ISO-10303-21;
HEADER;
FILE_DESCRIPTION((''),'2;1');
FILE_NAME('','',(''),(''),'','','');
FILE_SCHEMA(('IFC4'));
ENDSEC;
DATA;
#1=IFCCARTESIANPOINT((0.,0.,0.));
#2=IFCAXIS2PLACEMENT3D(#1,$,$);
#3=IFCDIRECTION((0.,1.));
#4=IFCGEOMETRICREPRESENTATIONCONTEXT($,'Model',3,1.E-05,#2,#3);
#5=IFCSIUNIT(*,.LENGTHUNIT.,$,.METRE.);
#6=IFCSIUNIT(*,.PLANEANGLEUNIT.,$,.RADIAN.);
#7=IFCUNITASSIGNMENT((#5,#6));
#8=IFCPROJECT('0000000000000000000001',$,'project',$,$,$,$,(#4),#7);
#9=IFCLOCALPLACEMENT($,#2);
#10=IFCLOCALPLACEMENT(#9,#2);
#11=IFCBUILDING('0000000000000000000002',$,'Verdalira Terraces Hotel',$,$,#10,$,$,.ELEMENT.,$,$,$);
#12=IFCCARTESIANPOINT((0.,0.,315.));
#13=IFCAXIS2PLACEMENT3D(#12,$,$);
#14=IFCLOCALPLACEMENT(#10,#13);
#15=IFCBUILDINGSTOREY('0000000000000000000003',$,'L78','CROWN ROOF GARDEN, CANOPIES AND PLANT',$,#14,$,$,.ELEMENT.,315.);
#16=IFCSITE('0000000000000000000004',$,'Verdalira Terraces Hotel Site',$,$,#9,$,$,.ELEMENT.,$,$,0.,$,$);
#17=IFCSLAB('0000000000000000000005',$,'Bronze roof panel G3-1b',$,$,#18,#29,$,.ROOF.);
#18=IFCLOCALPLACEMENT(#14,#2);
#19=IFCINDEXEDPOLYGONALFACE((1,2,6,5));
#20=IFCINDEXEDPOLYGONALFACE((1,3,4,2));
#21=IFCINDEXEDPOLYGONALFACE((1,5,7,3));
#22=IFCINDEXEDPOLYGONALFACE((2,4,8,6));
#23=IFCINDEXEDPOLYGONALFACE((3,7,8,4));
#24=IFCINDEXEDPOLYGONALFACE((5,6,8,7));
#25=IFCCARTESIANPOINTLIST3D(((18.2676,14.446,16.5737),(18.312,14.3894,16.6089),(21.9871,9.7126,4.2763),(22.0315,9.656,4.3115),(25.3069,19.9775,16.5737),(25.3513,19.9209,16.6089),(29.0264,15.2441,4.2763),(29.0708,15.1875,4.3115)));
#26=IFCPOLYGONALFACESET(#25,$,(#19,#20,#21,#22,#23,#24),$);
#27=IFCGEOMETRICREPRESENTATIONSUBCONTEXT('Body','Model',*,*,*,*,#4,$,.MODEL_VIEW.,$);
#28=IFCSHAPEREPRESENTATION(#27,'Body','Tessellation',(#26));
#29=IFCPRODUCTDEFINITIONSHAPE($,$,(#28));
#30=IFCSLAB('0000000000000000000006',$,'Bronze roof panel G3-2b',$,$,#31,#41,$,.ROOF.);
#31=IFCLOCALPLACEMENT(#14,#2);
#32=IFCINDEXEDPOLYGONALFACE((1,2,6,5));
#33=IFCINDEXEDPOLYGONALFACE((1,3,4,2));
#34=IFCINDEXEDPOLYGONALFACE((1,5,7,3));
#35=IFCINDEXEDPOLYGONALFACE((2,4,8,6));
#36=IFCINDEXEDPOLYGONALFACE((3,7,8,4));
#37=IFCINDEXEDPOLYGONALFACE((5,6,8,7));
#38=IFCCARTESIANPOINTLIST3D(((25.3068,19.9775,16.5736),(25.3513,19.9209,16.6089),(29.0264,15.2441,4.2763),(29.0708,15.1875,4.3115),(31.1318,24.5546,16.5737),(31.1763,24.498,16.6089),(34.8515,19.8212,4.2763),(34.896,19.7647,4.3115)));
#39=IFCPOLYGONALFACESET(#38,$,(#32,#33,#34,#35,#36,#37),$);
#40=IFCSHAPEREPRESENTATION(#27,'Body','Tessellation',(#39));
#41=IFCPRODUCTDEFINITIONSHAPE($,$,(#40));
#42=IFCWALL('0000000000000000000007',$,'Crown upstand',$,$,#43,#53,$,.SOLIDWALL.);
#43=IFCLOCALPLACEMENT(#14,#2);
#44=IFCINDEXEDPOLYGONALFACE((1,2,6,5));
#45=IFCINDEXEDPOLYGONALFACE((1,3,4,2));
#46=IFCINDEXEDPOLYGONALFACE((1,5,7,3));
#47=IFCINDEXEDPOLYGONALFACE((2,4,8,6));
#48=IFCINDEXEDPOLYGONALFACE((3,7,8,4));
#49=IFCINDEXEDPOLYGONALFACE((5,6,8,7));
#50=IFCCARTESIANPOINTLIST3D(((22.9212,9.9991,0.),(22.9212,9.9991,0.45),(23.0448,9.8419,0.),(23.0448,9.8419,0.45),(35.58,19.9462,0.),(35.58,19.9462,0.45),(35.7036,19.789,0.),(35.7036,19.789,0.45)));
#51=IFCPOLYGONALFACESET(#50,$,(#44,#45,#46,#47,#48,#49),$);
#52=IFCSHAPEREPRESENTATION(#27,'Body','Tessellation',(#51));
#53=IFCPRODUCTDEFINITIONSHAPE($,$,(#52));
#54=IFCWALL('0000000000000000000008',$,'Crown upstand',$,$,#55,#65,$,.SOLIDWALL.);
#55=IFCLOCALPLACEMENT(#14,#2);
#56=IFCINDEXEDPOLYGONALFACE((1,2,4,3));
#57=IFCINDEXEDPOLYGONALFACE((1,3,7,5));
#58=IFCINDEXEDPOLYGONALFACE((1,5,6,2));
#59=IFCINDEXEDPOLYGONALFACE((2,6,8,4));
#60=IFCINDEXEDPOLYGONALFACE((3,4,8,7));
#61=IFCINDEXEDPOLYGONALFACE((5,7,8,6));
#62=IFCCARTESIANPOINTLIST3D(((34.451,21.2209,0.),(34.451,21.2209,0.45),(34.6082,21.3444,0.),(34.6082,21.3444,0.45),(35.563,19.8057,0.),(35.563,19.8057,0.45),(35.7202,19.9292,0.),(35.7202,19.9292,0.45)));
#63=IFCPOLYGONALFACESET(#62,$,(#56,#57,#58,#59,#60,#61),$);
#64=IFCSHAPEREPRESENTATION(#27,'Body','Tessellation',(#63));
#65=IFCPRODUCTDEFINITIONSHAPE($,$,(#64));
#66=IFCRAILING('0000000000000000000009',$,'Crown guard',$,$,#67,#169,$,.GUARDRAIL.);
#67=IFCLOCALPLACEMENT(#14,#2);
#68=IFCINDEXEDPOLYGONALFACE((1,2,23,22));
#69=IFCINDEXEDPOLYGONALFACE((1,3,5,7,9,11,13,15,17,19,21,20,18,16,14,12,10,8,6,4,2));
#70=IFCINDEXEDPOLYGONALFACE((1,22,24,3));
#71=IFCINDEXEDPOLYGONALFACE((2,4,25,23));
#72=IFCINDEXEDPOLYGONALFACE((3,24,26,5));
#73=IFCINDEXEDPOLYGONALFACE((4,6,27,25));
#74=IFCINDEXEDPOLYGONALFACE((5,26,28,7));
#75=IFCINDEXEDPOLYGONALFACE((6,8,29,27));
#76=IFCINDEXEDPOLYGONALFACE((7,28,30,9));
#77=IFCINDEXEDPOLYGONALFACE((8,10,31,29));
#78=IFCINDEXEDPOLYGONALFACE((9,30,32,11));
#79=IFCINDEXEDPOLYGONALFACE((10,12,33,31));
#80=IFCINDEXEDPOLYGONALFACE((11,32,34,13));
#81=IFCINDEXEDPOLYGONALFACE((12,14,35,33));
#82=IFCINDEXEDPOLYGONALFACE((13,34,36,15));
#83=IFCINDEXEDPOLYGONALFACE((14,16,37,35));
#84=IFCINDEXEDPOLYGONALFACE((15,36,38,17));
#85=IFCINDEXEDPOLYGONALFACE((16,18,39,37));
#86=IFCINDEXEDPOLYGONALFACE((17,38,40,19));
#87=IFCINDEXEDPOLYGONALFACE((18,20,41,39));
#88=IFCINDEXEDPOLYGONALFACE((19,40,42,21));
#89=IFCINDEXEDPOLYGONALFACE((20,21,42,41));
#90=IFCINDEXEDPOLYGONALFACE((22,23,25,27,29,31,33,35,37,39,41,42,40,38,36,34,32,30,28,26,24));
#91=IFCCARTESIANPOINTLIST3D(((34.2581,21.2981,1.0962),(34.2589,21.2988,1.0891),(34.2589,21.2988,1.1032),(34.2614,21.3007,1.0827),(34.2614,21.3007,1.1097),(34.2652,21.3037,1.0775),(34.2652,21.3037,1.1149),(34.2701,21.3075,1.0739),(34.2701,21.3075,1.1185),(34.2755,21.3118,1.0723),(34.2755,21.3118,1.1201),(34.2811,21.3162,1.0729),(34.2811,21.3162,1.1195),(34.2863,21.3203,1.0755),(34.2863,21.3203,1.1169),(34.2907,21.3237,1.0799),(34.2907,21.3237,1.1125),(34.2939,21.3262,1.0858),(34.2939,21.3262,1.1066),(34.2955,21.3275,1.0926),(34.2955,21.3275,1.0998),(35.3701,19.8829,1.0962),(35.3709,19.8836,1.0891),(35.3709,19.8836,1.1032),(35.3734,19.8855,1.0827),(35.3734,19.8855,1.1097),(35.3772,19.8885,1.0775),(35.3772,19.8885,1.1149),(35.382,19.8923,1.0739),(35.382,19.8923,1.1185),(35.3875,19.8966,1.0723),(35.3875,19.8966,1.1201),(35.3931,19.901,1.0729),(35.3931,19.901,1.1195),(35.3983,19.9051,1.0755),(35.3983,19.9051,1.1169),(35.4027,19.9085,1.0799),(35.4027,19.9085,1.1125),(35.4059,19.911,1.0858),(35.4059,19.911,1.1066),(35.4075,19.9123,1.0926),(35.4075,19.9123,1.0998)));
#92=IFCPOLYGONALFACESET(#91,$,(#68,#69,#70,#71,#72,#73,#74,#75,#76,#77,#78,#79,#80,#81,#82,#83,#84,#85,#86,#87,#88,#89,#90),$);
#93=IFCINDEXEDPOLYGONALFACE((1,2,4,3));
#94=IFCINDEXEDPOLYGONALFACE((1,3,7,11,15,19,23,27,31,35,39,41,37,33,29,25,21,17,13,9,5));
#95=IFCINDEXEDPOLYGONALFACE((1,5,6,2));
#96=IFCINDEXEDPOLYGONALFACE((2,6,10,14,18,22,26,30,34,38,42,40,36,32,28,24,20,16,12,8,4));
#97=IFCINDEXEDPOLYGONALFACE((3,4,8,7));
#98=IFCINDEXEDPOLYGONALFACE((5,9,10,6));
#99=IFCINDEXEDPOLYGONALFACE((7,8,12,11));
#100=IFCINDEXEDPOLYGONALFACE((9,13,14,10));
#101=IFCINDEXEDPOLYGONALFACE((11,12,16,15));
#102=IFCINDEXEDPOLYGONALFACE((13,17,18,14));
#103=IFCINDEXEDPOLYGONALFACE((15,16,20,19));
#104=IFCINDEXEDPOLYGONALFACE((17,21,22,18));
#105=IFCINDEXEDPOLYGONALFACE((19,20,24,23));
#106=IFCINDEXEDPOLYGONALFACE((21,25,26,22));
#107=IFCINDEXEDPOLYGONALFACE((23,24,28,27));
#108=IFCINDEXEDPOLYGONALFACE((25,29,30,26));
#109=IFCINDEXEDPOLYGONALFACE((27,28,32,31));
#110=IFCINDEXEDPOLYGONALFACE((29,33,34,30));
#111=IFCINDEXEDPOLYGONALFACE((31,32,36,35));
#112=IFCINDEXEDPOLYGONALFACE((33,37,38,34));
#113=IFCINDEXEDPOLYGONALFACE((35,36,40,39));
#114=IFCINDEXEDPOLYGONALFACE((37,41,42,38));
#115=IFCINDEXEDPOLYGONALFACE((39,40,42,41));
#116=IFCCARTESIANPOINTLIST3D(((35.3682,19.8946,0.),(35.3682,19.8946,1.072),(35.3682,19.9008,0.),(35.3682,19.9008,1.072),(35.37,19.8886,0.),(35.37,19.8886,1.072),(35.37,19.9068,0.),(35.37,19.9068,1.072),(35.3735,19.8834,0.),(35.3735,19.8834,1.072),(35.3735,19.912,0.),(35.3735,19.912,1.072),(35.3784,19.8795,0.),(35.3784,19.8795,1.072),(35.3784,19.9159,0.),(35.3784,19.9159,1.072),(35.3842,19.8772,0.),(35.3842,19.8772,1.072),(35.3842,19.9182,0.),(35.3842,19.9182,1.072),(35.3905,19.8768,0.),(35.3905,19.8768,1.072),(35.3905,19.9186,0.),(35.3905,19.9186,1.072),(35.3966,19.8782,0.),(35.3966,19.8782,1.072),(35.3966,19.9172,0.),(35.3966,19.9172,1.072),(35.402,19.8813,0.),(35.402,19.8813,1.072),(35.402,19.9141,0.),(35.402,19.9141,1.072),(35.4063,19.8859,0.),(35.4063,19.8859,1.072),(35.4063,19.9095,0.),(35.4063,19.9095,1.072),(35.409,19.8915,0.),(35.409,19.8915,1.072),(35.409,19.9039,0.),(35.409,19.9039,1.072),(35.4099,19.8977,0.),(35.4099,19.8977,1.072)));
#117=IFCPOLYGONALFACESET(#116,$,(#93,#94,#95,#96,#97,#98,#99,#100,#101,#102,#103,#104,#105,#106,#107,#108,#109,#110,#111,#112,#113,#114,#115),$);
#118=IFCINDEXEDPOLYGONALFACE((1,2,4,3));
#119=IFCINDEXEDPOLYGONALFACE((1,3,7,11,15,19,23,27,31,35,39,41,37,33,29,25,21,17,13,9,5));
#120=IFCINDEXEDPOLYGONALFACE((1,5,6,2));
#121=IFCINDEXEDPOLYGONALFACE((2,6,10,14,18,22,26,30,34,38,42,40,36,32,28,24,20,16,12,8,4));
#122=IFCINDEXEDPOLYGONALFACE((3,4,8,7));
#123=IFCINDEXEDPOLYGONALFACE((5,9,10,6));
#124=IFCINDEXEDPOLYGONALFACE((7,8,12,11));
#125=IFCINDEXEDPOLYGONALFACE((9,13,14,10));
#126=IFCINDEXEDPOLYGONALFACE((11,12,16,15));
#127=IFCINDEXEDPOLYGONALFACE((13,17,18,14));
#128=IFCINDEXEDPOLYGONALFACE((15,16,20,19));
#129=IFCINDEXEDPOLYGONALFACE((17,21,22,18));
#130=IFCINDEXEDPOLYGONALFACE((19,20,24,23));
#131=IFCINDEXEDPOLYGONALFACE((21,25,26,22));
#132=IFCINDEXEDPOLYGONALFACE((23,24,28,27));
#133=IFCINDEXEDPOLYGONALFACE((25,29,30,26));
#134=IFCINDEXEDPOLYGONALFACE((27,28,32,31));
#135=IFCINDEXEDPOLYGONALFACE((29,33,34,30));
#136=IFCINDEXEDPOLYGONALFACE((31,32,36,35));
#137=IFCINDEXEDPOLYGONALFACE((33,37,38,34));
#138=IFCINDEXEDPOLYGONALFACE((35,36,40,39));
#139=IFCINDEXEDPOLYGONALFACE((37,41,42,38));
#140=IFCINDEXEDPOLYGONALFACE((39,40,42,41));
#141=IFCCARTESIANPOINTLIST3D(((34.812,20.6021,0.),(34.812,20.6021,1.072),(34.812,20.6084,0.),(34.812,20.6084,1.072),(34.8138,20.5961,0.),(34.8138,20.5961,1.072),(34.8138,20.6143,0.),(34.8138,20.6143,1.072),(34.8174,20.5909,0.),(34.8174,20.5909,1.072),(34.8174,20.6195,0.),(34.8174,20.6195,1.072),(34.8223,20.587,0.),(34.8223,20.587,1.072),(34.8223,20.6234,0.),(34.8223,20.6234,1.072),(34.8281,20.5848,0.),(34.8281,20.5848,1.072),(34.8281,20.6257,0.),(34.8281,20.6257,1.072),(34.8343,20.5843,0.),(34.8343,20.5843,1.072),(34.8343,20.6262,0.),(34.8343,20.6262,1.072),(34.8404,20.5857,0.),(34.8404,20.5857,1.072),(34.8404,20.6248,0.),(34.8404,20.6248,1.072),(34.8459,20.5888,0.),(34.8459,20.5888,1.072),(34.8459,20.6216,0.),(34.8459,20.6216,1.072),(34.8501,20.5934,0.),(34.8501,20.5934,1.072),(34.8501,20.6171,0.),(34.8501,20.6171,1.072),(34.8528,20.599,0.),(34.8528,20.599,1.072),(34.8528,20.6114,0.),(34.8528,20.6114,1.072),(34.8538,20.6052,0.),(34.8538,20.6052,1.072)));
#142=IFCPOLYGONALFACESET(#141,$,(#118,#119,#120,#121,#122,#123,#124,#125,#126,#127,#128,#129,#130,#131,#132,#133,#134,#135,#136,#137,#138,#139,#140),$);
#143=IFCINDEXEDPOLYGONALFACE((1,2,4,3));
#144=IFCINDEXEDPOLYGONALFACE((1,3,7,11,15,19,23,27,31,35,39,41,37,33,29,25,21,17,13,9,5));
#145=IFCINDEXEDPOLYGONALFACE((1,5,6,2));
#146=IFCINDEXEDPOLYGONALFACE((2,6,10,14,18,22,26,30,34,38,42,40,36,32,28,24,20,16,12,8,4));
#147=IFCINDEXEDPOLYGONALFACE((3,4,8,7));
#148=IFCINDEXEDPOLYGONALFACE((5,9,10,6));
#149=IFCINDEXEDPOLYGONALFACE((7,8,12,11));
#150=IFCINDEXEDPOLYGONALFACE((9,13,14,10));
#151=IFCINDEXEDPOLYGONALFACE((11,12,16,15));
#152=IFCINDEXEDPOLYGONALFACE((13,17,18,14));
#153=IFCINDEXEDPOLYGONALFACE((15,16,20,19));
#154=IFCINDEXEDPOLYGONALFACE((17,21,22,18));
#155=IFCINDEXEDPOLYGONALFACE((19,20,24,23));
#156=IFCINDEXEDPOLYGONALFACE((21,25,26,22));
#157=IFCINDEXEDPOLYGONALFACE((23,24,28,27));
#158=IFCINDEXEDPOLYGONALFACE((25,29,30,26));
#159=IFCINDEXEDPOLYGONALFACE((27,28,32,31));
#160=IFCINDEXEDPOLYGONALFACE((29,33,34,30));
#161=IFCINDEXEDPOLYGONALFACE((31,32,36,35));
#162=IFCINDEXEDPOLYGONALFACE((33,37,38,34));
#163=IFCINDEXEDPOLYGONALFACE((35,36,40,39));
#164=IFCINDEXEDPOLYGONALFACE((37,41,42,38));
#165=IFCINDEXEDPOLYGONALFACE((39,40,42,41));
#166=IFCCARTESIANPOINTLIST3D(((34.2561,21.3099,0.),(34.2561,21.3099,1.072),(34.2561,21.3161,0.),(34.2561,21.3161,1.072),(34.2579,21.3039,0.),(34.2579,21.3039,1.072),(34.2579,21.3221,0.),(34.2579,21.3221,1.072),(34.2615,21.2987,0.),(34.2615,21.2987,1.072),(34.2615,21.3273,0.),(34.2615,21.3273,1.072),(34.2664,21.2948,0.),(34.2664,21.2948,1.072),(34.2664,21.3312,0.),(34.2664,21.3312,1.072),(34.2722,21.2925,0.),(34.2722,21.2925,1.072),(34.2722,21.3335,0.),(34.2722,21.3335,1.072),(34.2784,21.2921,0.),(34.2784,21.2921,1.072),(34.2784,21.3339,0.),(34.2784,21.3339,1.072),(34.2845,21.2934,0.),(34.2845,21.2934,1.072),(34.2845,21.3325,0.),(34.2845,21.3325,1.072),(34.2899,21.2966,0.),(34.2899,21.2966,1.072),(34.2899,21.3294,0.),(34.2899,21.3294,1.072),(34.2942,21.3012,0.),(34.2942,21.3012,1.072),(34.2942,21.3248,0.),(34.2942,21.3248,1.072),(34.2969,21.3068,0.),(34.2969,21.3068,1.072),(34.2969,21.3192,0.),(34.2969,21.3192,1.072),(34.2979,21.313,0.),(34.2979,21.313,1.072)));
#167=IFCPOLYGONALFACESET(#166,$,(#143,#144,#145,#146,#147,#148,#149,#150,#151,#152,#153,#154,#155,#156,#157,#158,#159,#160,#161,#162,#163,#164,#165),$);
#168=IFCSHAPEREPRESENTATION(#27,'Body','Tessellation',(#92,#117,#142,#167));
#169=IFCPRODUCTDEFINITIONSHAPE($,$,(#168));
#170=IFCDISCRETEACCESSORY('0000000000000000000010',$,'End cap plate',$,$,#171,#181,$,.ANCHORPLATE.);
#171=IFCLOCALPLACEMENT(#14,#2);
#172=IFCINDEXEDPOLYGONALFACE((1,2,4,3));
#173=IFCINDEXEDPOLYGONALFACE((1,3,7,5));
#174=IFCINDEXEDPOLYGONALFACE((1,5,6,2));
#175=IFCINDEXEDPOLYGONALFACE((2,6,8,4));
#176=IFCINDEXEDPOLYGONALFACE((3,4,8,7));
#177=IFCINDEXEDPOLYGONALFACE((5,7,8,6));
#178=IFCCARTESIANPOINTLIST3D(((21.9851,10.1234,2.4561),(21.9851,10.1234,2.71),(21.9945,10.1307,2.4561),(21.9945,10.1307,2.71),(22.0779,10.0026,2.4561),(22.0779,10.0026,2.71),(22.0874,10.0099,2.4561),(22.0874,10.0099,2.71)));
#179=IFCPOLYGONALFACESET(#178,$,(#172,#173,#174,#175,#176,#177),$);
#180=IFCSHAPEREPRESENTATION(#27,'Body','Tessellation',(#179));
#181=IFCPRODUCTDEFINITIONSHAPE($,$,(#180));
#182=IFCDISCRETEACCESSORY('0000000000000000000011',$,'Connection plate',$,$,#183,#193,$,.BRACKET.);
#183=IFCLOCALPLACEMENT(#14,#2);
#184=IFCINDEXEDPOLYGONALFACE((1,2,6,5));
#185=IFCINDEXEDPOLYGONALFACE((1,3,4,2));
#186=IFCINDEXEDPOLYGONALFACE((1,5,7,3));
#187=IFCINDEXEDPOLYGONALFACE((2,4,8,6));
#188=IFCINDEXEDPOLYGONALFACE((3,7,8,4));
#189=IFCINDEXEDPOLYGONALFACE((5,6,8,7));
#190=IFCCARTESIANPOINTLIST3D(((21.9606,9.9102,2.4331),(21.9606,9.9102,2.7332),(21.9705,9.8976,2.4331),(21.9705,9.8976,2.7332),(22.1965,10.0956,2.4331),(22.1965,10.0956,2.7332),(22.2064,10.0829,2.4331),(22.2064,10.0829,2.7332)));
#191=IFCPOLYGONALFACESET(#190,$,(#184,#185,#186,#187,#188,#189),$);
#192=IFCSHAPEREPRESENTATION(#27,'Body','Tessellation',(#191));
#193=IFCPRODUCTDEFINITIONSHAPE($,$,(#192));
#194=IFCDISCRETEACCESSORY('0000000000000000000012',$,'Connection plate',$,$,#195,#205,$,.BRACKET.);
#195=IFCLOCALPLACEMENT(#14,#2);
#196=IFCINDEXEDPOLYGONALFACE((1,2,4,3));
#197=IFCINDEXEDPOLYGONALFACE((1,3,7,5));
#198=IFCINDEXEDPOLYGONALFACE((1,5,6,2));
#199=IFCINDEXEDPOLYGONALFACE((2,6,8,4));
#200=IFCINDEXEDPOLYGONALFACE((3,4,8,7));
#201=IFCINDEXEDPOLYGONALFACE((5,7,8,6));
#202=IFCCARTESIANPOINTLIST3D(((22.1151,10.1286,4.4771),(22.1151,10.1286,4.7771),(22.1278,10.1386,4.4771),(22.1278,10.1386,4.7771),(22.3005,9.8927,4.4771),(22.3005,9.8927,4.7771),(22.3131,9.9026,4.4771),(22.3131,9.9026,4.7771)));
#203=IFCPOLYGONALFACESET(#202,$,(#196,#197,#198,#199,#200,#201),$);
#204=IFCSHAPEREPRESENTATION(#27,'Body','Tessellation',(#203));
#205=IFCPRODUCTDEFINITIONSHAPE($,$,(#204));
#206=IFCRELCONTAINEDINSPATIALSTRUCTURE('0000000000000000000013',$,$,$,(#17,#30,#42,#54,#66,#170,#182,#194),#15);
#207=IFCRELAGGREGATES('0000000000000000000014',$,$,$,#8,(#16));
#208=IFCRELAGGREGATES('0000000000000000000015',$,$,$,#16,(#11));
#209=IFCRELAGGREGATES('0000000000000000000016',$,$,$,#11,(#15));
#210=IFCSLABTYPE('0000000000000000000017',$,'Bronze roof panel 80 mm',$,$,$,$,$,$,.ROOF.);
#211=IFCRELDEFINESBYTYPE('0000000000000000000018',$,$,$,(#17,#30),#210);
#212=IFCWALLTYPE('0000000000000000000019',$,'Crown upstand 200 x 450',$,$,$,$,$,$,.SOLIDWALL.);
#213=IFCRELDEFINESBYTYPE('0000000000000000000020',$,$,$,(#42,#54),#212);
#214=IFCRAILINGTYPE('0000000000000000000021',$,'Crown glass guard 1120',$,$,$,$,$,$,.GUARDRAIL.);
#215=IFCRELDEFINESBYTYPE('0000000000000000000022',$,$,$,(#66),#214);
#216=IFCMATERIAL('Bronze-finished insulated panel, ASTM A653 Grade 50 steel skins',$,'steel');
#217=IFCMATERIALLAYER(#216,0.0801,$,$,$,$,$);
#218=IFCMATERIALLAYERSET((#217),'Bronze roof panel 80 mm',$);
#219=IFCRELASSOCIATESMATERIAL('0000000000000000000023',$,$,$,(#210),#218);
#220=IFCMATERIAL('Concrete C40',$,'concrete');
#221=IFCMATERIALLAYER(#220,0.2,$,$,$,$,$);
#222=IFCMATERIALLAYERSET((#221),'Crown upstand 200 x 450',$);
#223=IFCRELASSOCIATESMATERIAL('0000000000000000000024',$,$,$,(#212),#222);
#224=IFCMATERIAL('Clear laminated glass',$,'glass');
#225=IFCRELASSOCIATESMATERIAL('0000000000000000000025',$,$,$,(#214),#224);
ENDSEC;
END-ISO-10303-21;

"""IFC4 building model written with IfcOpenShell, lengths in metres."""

from ifc_helpers import new_model, si_unit, direction, frame, frame_2d, origin, origin_2d, place, context, subcontext, project, spatial, polyline, rectangle, circle, outline, extrude, material, layer, layer_set, type_object, element, save


model = new_model("IFC4")

# Units and contexts
model_context = context("Model", 3, precision=1e-05, world=origin(), true_north=direction((0.0, 1.0)))
body_context = subcontext(model_context, "Body", "Model", "MODEL_VIEW")
ifc_project = project(units=[si_unit("LENGTHUNIT", "METRE"), si_unit("PLANEANGLEUNIT", "RADIAN")], contexts=[model_context])

# Site, building, storey
site_placement = place(None, origin())
site = spatial("IfcSite", under=ifc_project, at=site_placement, Name="Verdalira Terraces Hotel Site", CompositionType="ELEMENT", RefElevation=0.0)
building_placement = place(site_placement, origin())
building = spatial("IfcBuilding", under=site, at=building_placement, Name="Verdalira Terraces Hotel", CompositionType="ELEMENT")
storey_placement = place(building_placement, frame((0.0, 0.0, 315.0)))
storey = spatial("IfcBuildingStorey", under=building, at=storey_placement, Name="L78", Description="CROWN ROOF GARDEN, CANOPIES AND PLANT", CompositionType="ELEMENT", Elevation=315.0)

# Slabs
ifc_material_1 = material(Name="Bronze-finished insulated panel, ASTM A653 Grade 50 steel skins", Category="steel")
ifc_layer_1 = layer(ifc_material_1, 0.0801)
ifc_layer_set_1 = layer_set([ifc_layer_1], Name="Bronze roof panel 80 mm")
slab_type = type_object("IfcSlabType", Name="Bronze roof panel 80 mm", PredefinedType="ROOF", material=ifc_layer_set_1)
slab_1_placement = place(storey_placement, frame((22.0315, 9.656, 4.3115), z_axis=(0.554939, -0.706207, 0.439675), x_axis=(0.786285, 0.617864, 0.0)))
element("IfcSlab", 1, at=slab_1_placement, inside=storey, type_object=slab_type, Name="Bronze roof panel G3-1b", PredefinedType="ROOF", context=body_context, shape_type="SweptSolid", body=[
    extrude(outline(polyline([(0.0, 0.0), (8.9526, 0.0), (8.9526, 13.6918), (0.0, 13.6918), (0.0, 0.0)])), origin(), (0.0, 0.0, -1.0), 0.0801),
])
slab_2_placement = place(storey_placement, frame((29.0708, 15.1875, 4.3115), z_axis=(0.554922, -0.706218, 0.43968), x_axis=(0.7863, 0.617845, -0.000004)))
element("IfcSlab", 2, at=slab_2_placement, inside=storey, type_object=slab_type, Name="Bronze roof panel G3-2b", PredefinedType="ROOF", context=body_context, shape_type="SweptSolid", body=[
    extrude(outline(polyline([(0.0, 0.0), (7.4083, 0.0), (7.408, 13.6918), (-0.0002, 13.6918), (0.0, 0.0)])), origin(), (0.0, 0.0, -1.0), 0.0801),
])

# Walls
ifc_material_2 = material(Name="Concrete C40", Category="concrete")
ifc_layer_2 = layer(ifc_material_2, 0.2)
ifc_layer_set_2 = layer_set([ifc_layer_2], Name="Crown upstand 200 x 450")
wall_type = type_object("IfcWallType", Name="Crown upstand 200 x 450", PredefinedType="SOLIDWALL", material=ifc_layer_set_2)
wall_1_placement = place(storey_placement, frame((22.9829, 9.9204, 0.0), z_axis=(0.0, 0.0, 1.0), x_axis=(0.786291, 0.617856, 0.0)))
element("IfcWall", 3, at=wall_1_placement, inside=storey, type_object=wall_type, Name="Crown upstand", PredefinedType="SOLIDWALL", context=body_context, shape_type="SweptSolid", body=[
    extrude(rectangle(XDim=16.0994, YDim=0.2, at=frame_2d((8.0498, 0.0))), origin(), (0.0, 0.0, 1.0), 0.45),
])
wall_2_placement = place(storey_placement, frame((35.6416, 19.8674, 0.0), z_axis=(0.0, 0.0, 1.0), x_axis=(-0.61784, 0.786304, 0.0)))
element("IfcWall", 4, at=wall_2_placement, inside=storey, type_object=wall_type, Name="Crown upstand", PredefinedType="SOLIDWALL", context=body_context, shape_type="SweptSolid", body=[
    extrude(rectangle(XDim=1.7998, YDim=0.2, at=frame_2d((0.8999, 0.0))), origin(), (0.0, 0.0, 1.0), 0.45),
])

# Railing
ifc_material_3 = material(Name="Clear laminated glass", Category="glass")
railing_type = type_object("IfcRailingType", Name="Crown glass guard 1120", PredefinedType="GUARDRAIL", material=ifc_material_3)
railing_1_placement = place(storey_placement, frame((35.3889, 19.8977, 0.0)))
element("IfcRailing", 5, at=railing_1_placement, inside=storey, type_object=railing_type, Name="Crown guard", PredefinedType="GUARDRAIL", context=body_context, shape_type="SweptSolid", body=[
    extrude(circle(Radius=0.0239, at=origin_2d()), frame((0.0, 0.0, 1.0962), z_axis=(-0.61784, 0.786304, 0.0), x_axis=(-0.786304, -0.61784, 0.0)), (0.0, 0.0, 1.0), 1.7998),
    extrude(circle(Radius=0.021, at=origin_2d()), origin(), (0.0, 0.0, 1.0), 1.072),
    extrude(circle(Radius=0.021, at=origin_2d()), frame((-0.5562, 0.7075, 0.0)), (0.0, 0.0, 1.0), 1.072),
    extrude(circle(Radius=0.021, at=origin_2d()), frame((-1.1121, 1.4153, 0.0)), (0.0, 0.0, 1.0), 1.072),
])

# Discrete accessories
discrete_accessory_placement = place(storey_placement, frame((22.0315, 10.063, 2.583), z_axis=(0.792624, 0.609711, 0.0), x_axis=(-0.609711, 0.792624, 0.0)))
element("IfcDiscreteAccessory", 6, at=discrete_accessory_placement, inside=storey, Name="End cap plate", PredefinedType="ANCHORPLATE", context=body_context, shape_type="SweptSolid", body=[
    extrude(rectangle(XDim=0.1523, YDim=0.2539, at=origin_2d()), origin(), (0.0, 0.0, 1.0), 0.012),
])
for number, where, z_axis, x_axis, name in (
    (7, (22.0835, 9.9966, 2.4331), (0.0, 0.0, 1.0), (-0.786288, -0.61786, 0.0), "Connection plate"),
    (8, (22.2141, 10.0156, 4.4771), (0.0, 0.0, 1.0), (-0.61786, 0.786288, 0.0), "Connection plate"),
):
    element("IfcDiscreteAccessory", number, at=place(storey_placement, frame(where, z_axis=z_axis, x_axis=x_axis)), inside=storey, Name=name, PredefinedType="BRACKET", context=body_context, shape_type="SweptSolid", body=[
        extrude(rectangle(XDim=0.3, YDim=0.0161, at=origin_2d()), origin(), (0.0, 0.0, 1.0), 0.3),
    ])

save(model, "model.ifc")
